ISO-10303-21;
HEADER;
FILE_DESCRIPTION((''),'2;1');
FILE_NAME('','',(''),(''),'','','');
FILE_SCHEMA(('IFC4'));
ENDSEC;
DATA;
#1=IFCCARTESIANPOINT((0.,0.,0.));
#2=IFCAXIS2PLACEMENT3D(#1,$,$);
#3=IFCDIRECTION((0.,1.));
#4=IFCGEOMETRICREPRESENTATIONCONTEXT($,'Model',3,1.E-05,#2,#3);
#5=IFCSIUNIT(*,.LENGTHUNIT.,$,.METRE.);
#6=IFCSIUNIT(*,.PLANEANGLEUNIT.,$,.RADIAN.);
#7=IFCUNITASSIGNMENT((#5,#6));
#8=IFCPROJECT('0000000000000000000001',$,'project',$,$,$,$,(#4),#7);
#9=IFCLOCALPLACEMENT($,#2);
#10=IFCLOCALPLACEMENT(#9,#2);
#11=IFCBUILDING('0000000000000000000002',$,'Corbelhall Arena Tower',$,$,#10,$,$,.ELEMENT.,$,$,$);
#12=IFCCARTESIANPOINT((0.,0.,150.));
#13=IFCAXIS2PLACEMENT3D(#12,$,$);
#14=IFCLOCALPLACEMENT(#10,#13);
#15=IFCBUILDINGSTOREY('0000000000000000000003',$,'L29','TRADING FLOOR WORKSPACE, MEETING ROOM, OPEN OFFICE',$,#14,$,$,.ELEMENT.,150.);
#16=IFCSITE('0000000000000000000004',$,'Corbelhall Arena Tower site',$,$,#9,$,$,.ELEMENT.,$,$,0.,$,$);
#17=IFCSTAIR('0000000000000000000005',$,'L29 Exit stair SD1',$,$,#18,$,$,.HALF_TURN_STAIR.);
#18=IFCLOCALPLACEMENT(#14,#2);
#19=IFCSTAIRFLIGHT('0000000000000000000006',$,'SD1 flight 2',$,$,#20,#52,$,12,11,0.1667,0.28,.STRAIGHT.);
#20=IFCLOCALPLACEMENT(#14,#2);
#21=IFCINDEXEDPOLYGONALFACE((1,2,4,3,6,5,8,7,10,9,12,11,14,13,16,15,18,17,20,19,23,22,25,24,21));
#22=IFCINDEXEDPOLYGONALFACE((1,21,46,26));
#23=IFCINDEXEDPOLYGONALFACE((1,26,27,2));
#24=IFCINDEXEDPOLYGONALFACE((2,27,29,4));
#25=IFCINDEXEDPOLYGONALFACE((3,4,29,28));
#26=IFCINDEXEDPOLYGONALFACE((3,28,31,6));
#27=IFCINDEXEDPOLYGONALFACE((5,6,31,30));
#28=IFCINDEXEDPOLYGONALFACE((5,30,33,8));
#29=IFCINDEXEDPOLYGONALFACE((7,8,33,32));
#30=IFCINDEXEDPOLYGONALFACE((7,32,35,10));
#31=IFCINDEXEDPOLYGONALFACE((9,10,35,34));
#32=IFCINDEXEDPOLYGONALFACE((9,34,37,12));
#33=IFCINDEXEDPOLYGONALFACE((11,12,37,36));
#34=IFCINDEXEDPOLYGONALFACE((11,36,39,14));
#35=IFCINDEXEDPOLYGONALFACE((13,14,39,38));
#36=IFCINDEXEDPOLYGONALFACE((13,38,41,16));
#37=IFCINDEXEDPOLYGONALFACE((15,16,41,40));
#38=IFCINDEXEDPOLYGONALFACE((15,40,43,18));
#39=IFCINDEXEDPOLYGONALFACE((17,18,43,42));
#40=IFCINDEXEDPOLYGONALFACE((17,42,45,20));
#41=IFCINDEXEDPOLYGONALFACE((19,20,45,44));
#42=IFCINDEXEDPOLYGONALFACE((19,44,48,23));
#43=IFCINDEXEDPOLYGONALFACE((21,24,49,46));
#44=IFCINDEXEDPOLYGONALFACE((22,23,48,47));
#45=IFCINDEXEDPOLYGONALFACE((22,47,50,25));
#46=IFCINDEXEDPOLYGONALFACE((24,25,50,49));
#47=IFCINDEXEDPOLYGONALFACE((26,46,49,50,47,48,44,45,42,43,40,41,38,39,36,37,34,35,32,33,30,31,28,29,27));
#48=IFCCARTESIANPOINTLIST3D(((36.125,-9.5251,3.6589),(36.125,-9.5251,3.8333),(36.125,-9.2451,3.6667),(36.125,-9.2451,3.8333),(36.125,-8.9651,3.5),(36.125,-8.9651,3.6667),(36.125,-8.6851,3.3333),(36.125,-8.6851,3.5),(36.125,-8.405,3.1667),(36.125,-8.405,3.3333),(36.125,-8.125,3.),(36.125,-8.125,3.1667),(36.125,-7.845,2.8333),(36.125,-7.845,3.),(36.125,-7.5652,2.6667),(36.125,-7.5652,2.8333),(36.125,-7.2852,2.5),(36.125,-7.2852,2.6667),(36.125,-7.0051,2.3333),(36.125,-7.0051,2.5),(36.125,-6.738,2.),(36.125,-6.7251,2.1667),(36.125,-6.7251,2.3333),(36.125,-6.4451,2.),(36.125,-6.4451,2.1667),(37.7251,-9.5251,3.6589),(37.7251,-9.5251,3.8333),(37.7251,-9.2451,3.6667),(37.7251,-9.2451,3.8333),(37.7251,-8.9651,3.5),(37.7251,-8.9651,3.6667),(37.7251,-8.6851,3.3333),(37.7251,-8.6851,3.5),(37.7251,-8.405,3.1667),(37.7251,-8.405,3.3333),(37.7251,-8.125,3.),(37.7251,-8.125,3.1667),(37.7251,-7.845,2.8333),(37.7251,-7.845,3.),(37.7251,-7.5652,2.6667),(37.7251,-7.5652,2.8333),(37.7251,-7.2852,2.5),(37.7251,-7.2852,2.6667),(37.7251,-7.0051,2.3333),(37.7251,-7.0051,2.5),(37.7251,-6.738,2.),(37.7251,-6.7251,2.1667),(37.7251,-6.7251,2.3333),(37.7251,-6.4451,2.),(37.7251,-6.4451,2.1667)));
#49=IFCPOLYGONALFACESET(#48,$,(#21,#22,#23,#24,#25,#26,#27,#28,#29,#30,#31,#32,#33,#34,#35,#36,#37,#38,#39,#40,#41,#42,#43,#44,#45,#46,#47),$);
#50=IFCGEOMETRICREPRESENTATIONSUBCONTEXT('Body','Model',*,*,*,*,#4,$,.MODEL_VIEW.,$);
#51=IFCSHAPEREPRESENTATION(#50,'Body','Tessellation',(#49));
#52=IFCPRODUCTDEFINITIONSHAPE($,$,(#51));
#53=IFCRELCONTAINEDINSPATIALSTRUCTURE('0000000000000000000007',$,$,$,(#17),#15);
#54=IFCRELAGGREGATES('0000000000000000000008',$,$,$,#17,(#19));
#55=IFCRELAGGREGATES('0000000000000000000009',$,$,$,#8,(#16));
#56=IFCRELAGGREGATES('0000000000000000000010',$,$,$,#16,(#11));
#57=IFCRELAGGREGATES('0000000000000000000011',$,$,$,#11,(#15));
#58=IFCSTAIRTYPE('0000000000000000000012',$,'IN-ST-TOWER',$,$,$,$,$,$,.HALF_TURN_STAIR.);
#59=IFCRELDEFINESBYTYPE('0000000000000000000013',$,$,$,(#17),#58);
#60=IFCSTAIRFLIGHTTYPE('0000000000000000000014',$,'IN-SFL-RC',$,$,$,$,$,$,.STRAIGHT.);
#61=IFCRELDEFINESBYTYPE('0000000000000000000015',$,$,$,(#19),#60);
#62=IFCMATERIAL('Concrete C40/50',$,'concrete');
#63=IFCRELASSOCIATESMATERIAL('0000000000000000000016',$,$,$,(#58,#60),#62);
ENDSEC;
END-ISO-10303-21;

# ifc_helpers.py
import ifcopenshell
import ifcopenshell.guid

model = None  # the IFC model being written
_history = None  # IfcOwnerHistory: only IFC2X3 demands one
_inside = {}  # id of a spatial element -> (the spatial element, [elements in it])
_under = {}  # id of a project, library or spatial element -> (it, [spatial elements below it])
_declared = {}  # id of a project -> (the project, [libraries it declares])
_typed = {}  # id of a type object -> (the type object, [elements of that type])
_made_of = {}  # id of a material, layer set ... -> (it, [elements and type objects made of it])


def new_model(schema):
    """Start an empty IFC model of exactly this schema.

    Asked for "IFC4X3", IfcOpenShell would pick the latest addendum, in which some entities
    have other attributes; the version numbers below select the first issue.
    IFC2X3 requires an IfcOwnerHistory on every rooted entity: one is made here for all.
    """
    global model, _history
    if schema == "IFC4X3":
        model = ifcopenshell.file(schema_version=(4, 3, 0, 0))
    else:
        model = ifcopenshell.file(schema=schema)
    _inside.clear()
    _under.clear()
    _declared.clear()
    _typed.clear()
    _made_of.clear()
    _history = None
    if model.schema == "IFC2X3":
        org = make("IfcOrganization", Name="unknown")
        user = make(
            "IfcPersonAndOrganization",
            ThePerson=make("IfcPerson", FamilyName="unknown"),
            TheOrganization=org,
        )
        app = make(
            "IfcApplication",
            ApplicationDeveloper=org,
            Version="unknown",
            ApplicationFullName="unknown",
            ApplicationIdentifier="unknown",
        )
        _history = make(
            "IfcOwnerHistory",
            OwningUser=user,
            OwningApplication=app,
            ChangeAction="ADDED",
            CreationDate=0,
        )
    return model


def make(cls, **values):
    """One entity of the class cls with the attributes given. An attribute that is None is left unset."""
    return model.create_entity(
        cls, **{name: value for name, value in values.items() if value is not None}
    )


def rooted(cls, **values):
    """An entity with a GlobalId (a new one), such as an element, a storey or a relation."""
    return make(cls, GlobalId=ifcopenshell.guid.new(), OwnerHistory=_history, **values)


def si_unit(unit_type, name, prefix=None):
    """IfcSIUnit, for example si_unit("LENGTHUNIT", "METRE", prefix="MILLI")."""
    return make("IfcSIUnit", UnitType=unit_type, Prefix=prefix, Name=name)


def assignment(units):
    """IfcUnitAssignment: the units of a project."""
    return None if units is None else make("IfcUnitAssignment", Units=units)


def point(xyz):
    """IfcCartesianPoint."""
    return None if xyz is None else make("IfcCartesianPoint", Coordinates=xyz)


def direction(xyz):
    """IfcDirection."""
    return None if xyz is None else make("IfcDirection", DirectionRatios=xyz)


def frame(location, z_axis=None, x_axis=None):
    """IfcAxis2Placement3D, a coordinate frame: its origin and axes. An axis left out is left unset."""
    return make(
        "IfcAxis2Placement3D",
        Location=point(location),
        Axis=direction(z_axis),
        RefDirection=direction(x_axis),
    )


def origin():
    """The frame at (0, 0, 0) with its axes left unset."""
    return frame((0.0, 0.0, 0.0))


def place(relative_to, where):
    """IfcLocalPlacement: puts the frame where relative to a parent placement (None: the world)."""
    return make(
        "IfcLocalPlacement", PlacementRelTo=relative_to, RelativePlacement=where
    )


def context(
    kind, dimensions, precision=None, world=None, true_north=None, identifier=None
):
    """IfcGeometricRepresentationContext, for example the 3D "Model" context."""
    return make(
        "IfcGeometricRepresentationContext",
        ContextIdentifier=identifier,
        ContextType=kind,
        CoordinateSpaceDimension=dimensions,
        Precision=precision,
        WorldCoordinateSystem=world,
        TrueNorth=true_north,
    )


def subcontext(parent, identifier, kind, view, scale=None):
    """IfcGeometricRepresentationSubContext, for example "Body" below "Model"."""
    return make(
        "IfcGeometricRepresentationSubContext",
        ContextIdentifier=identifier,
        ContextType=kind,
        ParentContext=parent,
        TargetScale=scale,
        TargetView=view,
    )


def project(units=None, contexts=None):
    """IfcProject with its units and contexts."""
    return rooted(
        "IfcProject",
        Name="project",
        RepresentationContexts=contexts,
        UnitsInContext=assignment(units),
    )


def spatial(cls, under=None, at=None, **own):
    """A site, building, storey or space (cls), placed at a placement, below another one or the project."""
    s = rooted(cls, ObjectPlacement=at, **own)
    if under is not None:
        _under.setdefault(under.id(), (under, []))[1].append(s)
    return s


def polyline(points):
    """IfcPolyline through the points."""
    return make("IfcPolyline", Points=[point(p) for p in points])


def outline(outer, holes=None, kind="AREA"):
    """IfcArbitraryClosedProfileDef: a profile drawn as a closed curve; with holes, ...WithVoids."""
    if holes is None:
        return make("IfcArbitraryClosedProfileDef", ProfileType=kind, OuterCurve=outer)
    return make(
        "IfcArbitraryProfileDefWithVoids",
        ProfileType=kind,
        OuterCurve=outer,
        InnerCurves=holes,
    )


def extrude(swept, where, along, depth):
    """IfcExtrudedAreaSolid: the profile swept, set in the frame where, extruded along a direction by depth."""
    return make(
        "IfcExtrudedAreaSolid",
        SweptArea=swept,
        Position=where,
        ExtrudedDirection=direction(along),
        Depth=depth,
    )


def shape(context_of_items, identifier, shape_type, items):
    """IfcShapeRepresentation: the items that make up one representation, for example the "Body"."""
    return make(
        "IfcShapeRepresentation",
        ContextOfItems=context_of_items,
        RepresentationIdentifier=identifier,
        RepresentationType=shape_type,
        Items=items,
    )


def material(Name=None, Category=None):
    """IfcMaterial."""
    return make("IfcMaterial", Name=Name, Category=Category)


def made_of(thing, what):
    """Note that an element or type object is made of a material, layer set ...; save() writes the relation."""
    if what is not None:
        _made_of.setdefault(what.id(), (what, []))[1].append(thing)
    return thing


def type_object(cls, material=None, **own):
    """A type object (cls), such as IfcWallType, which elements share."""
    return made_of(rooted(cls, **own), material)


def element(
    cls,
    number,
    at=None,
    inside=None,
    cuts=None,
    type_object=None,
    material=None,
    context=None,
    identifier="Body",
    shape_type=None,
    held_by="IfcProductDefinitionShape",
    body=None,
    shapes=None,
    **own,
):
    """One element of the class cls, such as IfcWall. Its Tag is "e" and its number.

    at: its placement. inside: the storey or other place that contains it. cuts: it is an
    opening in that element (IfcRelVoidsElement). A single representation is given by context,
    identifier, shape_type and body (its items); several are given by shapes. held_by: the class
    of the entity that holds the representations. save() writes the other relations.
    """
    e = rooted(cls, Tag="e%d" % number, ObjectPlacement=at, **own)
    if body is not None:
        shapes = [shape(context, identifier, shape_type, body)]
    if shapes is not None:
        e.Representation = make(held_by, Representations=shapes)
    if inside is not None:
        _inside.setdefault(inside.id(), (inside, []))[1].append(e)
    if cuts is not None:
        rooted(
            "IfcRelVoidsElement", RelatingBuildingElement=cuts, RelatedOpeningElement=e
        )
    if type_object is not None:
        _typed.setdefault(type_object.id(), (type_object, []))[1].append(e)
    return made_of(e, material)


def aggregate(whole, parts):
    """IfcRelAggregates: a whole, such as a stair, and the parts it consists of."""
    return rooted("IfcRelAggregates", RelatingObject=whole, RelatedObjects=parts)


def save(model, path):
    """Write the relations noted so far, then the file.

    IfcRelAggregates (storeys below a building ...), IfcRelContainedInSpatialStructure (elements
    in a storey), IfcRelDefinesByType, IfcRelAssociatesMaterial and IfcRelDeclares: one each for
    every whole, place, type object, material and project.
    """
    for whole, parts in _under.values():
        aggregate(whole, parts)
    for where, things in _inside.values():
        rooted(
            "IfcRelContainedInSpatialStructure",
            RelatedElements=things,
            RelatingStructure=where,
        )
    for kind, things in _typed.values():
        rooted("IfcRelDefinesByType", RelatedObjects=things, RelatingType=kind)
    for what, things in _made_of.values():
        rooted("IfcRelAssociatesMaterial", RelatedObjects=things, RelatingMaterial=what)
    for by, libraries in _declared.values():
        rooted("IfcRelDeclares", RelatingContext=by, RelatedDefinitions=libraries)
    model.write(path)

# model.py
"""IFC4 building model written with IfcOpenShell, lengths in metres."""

from ifc_helpers import new_model, si_unit, direction, frame, origin, place, context, subcontext, project, spatial, polyline, outline, extrude, material, type_object, element, aggregate, save


model = new_model("IFC4")

# Units and contexts
model_context = context("Model", 3, precision=1e-05, world=origin(), true_north=direction((0.0, 1.0)))
body_context = subcontext(model_context, "Body", "Model", "MODEL_VIEW")
ifc_project = project(units=[si_unit("LENGTHUNIT", "METRE"), si_unit("PLANEANGLEUNIT", "RADIAN")], contexts=[model_context])

# Site, building, storey
site_placement = place(None, origin())
site = spatial("IfcSite", under=ifc_project, at=site_placement, Name="Corbelhall Arena Tower site", CompositionType="ELEMENT", RefElevation=0.0)
building_placement = place(site_placement, origin())
building = spatial("IfcBuilding", under=site, at=building_placement, Name="Corbelhall Arena Tower", CompositionType="ELEMENT")
storey_placement = place(building_placement, frame((0.0, 0.0, 150.0)))
storey = spatial("IfcBuildingStorey", under=building, at=storey_placement, Name="L29", Description="TRADING FLOOR WORKSPACE, MEETING ROOM, OPEN OFFICE", CompositionType="ELEMENT", Elevation=150.0)

# Shared definitions
ifc_material_1 = material(Name="Concrete C40/50", Category="concrete")

# Stair, stair flight
stair_type = type_object("IfcStairType", Name="IN-ST-TOWER", PredefinedType="HALF_TURN_STAIR", material=ifc_material_1)
stair_placement = place(storey_placement, origin())
stair = element("IfcStair", 1, at=stair_placement, inside=storey, type_object=stair_type, Name="L29 Exit stair SD1", PredefinedType="HALF_TURN_STAIR")
stair_flight_type = type_object("IfcStairFlightType", Name="IN-SFL-RC", PredefinedType="STRAIGHT", material=ifc_material_1)
stair_flight_1_placement = place(storey_placement, frame((36.925, -6.4451, 2.0), z_axis=(0.0, 0.0, 1.0), x_axis=(0.0, -1.0, 0.0)))
stair_flight_1 = element("IfcStairFlight", 2, at=stair_flight_1_placement, type_object=stair_flight_type, Name="SD1 flight 2", NumberOfRisers=12, NumberOfTreads=11, PredefinedType="STRAIGHT", RiserHeight=0.1667, TreadLength=0.28, context=body_context, shape_type="SweptSolid", body=[
    extrude(outline(polyline([(0.0, 0.0), (0.0, 0.1667), (0.28, 0.1667), (0.28, 0.3333), (0.5601, 0.3333), (0.5601, 0.5), (0.8401, 0.5), (0.8401, 0.6667), (1.1201, 0.6667), (1.1201, 0.8333), (1.3999, 0.8333), (1.3999, 1.0), (1.6799, 1.0), (1.6799, 1.1667), (1.96, 1.1667), (1.96, 1.3333), (2.24, 1.3333), (2.24, 1.5), (2.52, 1.5), (2.52, 1.6667), (2.8, 1.6667), (2.8, 1.8333), (3.0801, 1.8333), (3.0801, 2.0), (3.0801, 1.6589), (0.293, 0.0), (0.0, 0.0)])), frame((0.0, 0.8, 0.0), z_axis=(0.0, -1.0, 0.0), x_axis=(1.0, 0.0, 0.0)), (0.0, 0.0, 1.0), 1.6001),
])
aggregate(stair, [stair_flight_1])

save(model, "model.ifc")
